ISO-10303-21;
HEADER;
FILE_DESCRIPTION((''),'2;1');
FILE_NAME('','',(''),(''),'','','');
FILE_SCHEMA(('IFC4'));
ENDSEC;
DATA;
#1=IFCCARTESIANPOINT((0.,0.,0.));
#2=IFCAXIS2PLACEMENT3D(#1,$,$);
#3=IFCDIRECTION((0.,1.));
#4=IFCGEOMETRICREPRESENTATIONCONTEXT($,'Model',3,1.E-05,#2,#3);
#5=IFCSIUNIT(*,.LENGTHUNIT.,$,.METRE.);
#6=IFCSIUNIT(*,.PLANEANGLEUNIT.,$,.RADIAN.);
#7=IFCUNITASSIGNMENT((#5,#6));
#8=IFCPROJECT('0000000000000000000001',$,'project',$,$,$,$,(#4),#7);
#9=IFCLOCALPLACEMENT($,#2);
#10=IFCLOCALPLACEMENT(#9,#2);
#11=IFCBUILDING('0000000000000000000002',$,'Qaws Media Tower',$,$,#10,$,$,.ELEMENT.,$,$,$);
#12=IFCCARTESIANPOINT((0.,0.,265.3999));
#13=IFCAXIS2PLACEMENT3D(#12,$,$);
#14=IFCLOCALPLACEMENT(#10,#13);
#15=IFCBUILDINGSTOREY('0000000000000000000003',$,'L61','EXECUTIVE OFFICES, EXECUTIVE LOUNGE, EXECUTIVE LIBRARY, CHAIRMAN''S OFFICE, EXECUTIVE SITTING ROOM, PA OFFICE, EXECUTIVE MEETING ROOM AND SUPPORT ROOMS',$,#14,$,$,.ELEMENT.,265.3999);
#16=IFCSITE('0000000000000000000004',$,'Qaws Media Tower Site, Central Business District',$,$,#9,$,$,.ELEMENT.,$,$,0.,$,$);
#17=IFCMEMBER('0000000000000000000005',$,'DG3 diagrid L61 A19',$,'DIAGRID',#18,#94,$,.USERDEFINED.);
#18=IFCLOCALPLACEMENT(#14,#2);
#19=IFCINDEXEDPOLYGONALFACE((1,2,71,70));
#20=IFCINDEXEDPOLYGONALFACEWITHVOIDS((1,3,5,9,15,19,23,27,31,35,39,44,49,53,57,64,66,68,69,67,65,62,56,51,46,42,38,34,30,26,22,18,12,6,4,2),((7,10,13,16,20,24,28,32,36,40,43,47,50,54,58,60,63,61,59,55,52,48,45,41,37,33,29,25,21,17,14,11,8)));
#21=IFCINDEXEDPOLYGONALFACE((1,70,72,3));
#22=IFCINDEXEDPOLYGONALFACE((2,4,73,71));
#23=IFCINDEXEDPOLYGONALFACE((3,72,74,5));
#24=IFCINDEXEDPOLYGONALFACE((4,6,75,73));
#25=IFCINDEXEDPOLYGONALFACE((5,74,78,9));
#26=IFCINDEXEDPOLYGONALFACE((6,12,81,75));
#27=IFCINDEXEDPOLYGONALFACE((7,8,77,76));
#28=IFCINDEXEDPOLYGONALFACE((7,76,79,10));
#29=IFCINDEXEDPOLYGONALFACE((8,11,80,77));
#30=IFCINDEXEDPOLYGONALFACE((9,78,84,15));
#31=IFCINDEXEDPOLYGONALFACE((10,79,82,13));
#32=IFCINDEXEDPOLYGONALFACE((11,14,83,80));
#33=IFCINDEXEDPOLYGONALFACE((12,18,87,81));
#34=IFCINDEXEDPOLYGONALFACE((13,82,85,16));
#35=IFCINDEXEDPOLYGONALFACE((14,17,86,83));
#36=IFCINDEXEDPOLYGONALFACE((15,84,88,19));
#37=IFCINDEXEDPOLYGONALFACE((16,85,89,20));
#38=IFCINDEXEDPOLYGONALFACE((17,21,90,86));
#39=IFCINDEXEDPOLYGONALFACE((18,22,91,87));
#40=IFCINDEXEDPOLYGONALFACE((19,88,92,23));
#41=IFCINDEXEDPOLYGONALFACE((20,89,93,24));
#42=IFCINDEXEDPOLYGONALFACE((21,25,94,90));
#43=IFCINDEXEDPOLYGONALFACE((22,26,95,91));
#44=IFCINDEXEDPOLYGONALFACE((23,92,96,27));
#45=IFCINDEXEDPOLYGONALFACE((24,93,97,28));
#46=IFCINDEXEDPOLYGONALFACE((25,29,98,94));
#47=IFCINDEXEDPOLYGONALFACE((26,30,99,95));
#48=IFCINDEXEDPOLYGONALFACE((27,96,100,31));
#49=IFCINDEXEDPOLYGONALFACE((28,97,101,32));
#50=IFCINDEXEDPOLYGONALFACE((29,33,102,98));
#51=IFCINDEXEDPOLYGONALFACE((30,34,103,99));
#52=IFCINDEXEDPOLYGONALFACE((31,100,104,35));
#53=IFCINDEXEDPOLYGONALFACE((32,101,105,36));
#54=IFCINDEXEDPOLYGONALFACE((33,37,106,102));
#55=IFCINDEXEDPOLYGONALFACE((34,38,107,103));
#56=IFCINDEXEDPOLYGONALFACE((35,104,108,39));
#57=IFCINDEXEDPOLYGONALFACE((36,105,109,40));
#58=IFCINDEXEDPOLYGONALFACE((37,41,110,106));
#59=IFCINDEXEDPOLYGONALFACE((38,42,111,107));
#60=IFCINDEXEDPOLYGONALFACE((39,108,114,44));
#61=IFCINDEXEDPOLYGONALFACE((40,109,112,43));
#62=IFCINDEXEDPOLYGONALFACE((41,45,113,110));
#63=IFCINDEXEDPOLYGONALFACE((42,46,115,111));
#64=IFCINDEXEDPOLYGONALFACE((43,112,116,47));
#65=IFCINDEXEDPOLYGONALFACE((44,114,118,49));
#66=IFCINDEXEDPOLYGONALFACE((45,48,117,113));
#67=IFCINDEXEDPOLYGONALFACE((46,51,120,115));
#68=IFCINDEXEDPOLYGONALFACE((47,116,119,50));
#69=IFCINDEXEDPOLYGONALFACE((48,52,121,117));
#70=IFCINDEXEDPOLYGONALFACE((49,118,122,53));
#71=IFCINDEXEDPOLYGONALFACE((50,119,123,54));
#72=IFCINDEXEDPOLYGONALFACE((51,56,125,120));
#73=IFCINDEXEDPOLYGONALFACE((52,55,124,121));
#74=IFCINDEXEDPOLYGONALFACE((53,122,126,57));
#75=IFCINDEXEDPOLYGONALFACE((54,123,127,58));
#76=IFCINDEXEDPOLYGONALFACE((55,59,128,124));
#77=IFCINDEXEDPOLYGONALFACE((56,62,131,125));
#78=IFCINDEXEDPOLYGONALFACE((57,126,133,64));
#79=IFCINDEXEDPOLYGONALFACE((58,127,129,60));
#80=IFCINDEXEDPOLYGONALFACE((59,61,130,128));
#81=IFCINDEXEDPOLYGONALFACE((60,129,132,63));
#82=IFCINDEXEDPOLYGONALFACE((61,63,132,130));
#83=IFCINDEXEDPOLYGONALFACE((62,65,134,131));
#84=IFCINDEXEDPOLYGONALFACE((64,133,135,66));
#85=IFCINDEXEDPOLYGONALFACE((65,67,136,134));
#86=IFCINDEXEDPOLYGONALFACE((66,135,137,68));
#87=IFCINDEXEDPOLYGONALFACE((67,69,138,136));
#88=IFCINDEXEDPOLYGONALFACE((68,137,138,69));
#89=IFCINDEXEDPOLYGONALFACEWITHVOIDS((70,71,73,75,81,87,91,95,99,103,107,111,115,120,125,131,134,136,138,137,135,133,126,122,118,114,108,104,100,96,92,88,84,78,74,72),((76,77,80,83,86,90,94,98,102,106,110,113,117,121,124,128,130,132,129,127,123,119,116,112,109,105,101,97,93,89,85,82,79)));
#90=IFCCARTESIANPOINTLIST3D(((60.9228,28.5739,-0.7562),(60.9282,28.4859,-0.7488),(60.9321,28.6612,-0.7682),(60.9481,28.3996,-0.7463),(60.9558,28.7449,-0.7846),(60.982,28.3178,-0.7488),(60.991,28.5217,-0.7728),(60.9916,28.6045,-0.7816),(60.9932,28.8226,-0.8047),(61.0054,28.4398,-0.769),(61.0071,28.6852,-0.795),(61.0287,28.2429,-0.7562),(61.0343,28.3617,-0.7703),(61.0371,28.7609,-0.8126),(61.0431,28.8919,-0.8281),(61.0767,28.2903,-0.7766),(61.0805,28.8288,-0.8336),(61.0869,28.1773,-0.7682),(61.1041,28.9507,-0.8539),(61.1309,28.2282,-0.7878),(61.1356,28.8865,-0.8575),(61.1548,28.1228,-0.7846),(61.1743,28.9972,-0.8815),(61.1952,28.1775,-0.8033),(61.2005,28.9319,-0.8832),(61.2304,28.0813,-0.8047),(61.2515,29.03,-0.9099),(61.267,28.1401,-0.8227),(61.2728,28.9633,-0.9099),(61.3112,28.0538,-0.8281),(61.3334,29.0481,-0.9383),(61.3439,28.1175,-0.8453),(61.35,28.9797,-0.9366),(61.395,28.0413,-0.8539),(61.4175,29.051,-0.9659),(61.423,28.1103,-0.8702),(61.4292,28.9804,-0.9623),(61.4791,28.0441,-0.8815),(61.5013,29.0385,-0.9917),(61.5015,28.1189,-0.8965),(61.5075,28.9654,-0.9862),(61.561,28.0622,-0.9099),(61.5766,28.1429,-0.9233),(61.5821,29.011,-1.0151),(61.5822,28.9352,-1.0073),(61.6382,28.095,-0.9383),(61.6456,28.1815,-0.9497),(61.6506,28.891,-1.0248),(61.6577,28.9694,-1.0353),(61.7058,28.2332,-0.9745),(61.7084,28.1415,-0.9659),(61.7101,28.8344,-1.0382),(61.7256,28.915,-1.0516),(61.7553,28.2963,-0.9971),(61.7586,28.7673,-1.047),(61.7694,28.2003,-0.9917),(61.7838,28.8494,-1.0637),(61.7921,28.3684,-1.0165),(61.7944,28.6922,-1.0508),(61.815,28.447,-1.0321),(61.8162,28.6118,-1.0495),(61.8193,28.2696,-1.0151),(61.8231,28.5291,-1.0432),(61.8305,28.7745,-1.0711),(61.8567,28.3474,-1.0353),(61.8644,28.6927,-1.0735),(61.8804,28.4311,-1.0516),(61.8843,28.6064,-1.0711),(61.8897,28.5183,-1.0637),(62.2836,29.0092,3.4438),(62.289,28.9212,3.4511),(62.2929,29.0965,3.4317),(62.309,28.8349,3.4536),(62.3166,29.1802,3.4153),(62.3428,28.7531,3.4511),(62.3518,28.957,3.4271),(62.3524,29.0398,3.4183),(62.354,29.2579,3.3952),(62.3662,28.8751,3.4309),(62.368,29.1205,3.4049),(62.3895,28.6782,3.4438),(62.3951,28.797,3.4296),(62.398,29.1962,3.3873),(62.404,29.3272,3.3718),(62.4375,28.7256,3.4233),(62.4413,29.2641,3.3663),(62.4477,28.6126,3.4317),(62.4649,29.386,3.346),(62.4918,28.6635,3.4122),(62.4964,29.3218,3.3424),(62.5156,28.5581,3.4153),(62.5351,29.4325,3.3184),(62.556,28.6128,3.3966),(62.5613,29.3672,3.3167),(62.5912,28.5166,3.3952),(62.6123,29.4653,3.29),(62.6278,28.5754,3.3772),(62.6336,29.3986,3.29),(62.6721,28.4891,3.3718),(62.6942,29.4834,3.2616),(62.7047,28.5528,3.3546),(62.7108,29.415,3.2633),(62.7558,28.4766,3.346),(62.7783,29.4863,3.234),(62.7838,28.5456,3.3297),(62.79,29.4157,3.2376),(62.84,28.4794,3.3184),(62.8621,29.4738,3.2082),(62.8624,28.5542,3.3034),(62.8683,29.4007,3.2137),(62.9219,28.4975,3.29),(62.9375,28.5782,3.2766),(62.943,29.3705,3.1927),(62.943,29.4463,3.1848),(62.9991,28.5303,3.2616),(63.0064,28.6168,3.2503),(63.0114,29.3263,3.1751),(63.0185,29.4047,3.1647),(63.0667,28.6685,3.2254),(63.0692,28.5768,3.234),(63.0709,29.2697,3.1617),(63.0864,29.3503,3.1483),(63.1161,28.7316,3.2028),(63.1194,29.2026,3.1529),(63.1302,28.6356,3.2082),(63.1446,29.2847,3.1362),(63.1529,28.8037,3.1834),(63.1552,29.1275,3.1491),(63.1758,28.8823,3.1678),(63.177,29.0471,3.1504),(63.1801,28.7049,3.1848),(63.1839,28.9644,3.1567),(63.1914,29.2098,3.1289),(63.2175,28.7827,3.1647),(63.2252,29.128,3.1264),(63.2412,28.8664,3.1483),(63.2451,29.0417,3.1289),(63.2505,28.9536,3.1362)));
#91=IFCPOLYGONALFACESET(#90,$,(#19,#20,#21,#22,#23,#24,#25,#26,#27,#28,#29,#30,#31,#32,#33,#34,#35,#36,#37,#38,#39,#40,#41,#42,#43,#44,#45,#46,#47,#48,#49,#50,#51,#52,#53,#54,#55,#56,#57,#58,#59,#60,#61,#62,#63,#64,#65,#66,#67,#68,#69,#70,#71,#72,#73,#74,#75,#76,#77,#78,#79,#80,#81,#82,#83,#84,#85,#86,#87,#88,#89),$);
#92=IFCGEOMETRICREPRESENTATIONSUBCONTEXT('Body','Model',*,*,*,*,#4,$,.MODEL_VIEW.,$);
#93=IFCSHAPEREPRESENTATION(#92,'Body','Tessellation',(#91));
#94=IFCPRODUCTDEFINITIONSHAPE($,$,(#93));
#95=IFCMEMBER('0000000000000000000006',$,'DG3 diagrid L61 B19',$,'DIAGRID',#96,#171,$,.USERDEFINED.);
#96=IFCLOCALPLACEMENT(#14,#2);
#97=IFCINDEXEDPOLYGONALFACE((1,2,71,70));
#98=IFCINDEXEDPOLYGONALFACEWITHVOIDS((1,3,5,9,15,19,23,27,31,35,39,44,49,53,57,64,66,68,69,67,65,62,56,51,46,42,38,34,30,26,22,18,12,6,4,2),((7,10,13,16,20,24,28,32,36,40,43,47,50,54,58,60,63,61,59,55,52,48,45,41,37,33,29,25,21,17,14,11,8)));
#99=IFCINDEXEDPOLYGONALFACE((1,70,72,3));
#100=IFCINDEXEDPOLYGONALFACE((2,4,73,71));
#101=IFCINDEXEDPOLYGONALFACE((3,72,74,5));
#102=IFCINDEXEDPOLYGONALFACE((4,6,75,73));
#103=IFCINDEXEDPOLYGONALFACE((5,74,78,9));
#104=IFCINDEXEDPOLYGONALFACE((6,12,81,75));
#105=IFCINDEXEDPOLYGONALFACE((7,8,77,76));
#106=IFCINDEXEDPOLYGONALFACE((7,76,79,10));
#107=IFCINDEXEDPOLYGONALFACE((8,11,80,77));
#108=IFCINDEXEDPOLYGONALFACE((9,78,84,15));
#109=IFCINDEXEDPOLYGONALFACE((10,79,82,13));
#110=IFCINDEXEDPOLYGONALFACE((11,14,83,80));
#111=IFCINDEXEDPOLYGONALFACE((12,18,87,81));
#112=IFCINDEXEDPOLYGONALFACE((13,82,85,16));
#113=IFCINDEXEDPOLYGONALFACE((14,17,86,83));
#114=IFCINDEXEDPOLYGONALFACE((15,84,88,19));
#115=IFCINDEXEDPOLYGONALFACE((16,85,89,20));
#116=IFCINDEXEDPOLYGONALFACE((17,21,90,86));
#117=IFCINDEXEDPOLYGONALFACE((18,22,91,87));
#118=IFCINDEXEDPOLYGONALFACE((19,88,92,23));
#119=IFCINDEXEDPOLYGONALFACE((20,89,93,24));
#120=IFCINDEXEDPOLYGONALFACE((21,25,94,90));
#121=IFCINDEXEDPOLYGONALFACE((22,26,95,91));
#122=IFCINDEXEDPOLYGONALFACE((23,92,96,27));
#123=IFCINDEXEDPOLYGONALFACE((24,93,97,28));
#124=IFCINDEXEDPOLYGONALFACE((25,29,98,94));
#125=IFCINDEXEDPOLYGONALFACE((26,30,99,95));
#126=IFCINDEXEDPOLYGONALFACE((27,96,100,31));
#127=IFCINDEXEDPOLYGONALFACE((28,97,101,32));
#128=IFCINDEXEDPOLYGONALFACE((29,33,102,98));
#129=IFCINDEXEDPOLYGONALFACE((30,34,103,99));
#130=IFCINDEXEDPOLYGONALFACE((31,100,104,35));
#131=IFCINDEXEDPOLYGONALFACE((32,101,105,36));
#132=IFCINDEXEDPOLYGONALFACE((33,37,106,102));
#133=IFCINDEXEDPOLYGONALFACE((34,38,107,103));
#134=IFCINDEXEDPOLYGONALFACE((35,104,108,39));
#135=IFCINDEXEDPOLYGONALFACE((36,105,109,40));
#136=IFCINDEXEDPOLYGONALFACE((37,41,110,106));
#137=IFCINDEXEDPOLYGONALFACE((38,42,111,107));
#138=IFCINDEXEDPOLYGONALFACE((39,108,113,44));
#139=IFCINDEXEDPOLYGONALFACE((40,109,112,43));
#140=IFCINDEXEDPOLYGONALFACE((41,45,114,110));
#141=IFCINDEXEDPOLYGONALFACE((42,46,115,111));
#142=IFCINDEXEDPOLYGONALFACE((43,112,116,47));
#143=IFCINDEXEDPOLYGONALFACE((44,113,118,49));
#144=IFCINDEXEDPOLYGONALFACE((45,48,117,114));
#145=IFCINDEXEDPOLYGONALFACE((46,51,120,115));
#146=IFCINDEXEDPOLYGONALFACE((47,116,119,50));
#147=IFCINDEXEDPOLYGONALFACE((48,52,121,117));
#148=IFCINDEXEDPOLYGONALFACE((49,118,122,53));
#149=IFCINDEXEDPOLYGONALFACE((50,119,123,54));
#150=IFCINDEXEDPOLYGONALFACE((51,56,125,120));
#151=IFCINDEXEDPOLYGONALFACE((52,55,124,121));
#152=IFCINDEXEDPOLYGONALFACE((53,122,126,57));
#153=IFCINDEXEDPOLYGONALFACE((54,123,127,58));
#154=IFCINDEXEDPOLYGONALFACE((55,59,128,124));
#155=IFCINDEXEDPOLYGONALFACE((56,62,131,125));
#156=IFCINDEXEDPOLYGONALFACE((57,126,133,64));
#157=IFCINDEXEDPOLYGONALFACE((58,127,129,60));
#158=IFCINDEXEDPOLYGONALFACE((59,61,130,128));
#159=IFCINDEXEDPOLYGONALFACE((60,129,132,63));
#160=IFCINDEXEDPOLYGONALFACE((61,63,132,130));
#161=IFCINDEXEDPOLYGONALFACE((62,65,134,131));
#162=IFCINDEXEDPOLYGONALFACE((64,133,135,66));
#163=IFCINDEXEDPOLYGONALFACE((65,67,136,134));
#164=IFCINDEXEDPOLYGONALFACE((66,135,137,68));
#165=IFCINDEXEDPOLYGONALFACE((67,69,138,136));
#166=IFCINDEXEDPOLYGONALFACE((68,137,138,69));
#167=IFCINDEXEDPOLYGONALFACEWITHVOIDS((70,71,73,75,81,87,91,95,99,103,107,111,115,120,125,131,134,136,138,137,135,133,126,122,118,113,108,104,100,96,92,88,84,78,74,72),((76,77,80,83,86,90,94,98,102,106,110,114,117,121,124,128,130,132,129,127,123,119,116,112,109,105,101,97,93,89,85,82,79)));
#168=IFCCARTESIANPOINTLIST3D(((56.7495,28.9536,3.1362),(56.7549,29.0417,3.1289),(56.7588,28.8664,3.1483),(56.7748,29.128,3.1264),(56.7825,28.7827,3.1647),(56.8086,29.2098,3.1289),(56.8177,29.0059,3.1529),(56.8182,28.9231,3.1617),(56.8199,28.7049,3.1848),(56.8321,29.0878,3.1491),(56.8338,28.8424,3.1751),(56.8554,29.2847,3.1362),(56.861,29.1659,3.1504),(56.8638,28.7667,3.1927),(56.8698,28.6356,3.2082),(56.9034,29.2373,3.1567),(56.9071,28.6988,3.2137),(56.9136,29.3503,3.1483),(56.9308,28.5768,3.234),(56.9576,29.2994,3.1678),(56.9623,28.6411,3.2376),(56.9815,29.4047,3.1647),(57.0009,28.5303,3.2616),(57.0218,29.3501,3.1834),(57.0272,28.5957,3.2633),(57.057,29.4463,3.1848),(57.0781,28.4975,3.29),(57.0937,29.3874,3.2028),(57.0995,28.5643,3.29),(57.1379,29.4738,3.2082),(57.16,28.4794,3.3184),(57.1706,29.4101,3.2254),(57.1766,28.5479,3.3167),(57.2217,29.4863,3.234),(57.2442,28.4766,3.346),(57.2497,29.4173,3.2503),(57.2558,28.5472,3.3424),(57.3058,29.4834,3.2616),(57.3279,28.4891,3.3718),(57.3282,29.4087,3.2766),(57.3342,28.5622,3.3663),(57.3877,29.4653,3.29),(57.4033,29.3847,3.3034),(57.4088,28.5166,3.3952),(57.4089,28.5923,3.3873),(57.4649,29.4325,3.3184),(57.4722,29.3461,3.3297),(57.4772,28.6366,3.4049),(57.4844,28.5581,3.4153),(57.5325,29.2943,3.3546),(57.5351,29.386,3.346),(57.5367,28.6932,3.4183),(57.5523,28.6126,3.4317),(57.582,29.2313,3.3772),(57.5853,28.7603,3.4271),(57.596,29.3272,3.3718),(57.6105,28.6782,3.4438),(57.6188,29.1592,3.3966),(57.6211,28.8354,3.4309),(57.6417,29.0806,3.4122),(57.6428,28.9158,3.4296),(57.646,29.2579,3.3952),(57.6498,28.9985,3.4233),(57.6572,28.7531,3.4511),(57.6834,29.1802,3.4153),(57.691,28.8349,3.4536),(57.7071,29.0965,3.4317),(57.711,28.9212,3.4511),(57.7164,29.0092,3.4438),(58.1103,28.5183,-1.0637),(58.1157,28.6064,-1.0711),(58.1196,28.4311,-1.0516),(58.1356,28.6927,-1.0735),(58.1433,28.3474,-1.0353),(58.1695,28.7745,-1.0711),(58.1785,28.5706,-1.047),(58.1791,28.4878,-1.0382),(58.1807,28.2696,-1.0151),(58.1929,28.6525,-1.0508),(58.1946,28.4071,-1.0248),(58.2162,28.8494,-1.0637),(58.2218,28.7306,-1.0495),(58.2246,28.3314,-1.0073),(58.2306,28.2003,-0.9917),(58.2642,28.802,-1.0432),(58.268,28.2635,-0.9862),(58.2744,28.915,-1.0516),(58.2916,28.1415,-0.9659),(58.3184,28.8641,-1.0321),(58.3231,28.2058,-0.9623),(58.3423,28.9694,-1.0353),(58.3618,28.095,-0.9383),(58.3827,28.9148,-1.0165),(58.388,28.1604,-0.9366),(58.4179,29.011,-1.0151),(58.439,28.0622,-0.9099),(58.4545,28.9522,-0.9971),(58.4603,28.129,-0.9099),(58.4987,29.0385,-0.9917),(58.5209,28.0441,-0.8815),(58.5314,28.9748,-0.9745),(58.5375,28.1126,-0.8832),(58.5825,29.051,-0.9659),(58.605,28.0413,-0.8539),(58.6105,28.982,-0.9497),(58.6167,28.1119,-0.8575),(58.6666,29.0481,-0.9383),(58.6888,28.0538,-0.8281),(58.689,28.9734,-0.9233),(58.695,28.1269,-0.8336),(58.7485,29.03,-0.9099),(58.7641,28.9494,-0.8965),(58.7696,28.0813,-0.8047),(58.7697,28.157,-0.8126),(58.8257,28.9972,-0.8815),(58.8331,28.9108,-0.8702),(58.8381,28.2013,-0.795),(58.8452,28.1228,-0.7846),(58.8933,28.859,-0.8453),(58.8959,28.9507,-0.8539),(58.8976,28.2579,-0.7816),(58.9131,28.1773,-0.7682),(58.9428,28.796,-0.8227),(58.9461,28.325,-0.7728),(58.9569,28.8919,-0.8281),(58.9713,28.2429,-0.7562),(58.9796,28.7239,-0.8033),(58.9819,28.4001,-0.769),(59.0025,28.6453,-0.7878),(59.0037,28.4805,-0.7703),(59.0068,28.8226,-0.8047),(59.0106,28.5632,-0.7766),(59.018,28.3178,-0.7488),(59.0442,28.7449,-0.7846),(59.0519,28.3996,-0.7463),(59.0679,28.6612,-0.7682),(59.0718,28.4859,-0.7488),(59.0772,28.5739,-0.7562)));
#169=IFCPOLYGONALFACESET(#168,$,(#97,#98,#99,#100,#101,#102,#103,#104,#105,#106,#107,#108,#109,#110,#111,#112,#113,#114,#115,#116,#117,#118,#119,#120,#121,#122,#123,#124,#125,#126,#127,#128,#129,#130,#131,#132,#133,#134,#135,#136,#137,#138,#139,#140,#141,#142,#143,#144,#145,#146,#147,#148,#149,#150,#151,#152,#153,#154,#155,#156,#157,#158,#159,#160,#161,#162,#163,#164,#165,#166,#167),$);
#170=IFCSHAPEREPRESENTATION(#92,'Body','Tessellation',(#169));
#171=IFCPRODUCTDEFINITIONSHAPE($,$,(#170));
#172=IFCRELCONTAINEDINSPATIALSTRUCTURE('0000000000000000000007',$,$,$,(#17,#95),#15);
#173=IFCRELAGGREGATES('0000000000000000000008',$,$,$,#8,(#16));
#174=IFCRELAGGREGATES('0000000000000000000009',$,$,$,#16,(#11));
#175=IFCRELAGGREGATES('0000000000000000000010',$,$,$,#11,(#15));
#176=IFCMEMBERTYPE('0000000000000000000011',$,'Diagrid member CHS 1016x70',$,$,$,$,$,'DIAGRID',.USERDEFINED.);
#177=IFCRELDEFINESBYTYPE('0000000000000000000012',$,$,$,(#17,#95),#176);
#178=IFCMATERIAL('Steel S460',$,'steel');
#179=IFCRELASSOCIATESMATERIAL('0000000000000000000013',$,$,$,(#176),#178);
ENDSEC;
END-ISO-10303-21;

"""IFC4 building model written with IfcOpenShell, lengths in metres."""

from ifc_helpers import new_model, si_unit, direction, frame, origin, origin_2d, place, context, subcontext, project, spatial, hollow_circle, extrude, material, material_profile, profile_set, type_object, element, save


model = new_model("IFC4")

# Units and contexts
model_context = context("Model", 3, precision=1e-05, world=origin(), true_north=direction((0.0, 1.0)))
body_context = subcontext(model_context, "Body", "Model", "MODEL_VIEW")
ifc_project = project(units=[si_unit("LENGTHUNIT", "METRE"), si_unit("PLANEANGLEUNIT", "RADIAN")], contexts=[model_context])

# Site, building, storey
site_placement = place(None, origin())
site = spatial("IfcSite", under=ifc_project, at=site_placement, Name="Qaws Media Tower Site, Central Business District", CompositionType="ELEMENT", RefElevation=0.0)
building_placement = place(site_placement, origin())
building = spatial("IfcBuilding", under=site, at=building_placement, Name="Qaws Media Tower", CompositionType="ELEMENT")
storey_placement = place(building_placement, frame((0.0, 0.0, 265.3999)))
storey = spatial("IfcBuildingStorey", under=building, at=storey_placement, Name="L61", Description="EXECUTIVE OFFICES, EXECUTIVE LOUNGE, EXECUTIVE LIBRARY, CHAIRMAN'S OFFICE, EXECUTIVE SITTING ROOM, PA OFFICE, EXECUTIVE MEETING ROOM AND SUPPORT ROOMS", CompositionType="ELEMENT", Elevation=265.3999)

# Members
ifc_material_1 = material(Name="Steel S460", Category="steel")
ifc_material_profile_1 = material_profile(ifc_material_1, hollow_circle(Radius=0.5081, WallThickness=0.0701, at=origin_2d()), Name="CHS 1016x70")
ifc_profile_set_1 = profile_set([ifc_material_profile_1], Name="Steel S460")
member_type_1 = type_object("IfcMemberType", Name="Diagrid member CHS 1016x70", ElementType="DIAGRID", PredefinedType="USERDEFINED", material=ifc_profile_set_1)
for number, where, z_axis, x_axis, name in (
    (1, (61.4062, 28.5461, -0.9099), (0.306749, 0.098122, 0.946719), (-0.30467, 0.952458, 0.0), "DG3 diagrid L61 A19"),
    (2, (58.5938, 28.5461, -0.9099), (-0.306749, 0.098122, 0.946719), (-0.30467, -0.952458, 0.0), "DG3 diagrid L61 B19"),
):
    element("IfcMember", number, at=place(storey_placement, frame(where, z_axis=z_axis, x_axis=x_axis)), inside=storey, type_object=member_type_1, Name=name, ObjectType="DIAGRID", PredefinedType="USERDEFINED", context=body_context, shape_type="SweptSolid", body=[
        extrude(hollow_circle(Radius=0.5081, WallThickness=0.0701, at=origin_2d()), origin(), (0.0, 0.0, 1.0), 4.4363),
    ])

save(model, "model.ifc")
